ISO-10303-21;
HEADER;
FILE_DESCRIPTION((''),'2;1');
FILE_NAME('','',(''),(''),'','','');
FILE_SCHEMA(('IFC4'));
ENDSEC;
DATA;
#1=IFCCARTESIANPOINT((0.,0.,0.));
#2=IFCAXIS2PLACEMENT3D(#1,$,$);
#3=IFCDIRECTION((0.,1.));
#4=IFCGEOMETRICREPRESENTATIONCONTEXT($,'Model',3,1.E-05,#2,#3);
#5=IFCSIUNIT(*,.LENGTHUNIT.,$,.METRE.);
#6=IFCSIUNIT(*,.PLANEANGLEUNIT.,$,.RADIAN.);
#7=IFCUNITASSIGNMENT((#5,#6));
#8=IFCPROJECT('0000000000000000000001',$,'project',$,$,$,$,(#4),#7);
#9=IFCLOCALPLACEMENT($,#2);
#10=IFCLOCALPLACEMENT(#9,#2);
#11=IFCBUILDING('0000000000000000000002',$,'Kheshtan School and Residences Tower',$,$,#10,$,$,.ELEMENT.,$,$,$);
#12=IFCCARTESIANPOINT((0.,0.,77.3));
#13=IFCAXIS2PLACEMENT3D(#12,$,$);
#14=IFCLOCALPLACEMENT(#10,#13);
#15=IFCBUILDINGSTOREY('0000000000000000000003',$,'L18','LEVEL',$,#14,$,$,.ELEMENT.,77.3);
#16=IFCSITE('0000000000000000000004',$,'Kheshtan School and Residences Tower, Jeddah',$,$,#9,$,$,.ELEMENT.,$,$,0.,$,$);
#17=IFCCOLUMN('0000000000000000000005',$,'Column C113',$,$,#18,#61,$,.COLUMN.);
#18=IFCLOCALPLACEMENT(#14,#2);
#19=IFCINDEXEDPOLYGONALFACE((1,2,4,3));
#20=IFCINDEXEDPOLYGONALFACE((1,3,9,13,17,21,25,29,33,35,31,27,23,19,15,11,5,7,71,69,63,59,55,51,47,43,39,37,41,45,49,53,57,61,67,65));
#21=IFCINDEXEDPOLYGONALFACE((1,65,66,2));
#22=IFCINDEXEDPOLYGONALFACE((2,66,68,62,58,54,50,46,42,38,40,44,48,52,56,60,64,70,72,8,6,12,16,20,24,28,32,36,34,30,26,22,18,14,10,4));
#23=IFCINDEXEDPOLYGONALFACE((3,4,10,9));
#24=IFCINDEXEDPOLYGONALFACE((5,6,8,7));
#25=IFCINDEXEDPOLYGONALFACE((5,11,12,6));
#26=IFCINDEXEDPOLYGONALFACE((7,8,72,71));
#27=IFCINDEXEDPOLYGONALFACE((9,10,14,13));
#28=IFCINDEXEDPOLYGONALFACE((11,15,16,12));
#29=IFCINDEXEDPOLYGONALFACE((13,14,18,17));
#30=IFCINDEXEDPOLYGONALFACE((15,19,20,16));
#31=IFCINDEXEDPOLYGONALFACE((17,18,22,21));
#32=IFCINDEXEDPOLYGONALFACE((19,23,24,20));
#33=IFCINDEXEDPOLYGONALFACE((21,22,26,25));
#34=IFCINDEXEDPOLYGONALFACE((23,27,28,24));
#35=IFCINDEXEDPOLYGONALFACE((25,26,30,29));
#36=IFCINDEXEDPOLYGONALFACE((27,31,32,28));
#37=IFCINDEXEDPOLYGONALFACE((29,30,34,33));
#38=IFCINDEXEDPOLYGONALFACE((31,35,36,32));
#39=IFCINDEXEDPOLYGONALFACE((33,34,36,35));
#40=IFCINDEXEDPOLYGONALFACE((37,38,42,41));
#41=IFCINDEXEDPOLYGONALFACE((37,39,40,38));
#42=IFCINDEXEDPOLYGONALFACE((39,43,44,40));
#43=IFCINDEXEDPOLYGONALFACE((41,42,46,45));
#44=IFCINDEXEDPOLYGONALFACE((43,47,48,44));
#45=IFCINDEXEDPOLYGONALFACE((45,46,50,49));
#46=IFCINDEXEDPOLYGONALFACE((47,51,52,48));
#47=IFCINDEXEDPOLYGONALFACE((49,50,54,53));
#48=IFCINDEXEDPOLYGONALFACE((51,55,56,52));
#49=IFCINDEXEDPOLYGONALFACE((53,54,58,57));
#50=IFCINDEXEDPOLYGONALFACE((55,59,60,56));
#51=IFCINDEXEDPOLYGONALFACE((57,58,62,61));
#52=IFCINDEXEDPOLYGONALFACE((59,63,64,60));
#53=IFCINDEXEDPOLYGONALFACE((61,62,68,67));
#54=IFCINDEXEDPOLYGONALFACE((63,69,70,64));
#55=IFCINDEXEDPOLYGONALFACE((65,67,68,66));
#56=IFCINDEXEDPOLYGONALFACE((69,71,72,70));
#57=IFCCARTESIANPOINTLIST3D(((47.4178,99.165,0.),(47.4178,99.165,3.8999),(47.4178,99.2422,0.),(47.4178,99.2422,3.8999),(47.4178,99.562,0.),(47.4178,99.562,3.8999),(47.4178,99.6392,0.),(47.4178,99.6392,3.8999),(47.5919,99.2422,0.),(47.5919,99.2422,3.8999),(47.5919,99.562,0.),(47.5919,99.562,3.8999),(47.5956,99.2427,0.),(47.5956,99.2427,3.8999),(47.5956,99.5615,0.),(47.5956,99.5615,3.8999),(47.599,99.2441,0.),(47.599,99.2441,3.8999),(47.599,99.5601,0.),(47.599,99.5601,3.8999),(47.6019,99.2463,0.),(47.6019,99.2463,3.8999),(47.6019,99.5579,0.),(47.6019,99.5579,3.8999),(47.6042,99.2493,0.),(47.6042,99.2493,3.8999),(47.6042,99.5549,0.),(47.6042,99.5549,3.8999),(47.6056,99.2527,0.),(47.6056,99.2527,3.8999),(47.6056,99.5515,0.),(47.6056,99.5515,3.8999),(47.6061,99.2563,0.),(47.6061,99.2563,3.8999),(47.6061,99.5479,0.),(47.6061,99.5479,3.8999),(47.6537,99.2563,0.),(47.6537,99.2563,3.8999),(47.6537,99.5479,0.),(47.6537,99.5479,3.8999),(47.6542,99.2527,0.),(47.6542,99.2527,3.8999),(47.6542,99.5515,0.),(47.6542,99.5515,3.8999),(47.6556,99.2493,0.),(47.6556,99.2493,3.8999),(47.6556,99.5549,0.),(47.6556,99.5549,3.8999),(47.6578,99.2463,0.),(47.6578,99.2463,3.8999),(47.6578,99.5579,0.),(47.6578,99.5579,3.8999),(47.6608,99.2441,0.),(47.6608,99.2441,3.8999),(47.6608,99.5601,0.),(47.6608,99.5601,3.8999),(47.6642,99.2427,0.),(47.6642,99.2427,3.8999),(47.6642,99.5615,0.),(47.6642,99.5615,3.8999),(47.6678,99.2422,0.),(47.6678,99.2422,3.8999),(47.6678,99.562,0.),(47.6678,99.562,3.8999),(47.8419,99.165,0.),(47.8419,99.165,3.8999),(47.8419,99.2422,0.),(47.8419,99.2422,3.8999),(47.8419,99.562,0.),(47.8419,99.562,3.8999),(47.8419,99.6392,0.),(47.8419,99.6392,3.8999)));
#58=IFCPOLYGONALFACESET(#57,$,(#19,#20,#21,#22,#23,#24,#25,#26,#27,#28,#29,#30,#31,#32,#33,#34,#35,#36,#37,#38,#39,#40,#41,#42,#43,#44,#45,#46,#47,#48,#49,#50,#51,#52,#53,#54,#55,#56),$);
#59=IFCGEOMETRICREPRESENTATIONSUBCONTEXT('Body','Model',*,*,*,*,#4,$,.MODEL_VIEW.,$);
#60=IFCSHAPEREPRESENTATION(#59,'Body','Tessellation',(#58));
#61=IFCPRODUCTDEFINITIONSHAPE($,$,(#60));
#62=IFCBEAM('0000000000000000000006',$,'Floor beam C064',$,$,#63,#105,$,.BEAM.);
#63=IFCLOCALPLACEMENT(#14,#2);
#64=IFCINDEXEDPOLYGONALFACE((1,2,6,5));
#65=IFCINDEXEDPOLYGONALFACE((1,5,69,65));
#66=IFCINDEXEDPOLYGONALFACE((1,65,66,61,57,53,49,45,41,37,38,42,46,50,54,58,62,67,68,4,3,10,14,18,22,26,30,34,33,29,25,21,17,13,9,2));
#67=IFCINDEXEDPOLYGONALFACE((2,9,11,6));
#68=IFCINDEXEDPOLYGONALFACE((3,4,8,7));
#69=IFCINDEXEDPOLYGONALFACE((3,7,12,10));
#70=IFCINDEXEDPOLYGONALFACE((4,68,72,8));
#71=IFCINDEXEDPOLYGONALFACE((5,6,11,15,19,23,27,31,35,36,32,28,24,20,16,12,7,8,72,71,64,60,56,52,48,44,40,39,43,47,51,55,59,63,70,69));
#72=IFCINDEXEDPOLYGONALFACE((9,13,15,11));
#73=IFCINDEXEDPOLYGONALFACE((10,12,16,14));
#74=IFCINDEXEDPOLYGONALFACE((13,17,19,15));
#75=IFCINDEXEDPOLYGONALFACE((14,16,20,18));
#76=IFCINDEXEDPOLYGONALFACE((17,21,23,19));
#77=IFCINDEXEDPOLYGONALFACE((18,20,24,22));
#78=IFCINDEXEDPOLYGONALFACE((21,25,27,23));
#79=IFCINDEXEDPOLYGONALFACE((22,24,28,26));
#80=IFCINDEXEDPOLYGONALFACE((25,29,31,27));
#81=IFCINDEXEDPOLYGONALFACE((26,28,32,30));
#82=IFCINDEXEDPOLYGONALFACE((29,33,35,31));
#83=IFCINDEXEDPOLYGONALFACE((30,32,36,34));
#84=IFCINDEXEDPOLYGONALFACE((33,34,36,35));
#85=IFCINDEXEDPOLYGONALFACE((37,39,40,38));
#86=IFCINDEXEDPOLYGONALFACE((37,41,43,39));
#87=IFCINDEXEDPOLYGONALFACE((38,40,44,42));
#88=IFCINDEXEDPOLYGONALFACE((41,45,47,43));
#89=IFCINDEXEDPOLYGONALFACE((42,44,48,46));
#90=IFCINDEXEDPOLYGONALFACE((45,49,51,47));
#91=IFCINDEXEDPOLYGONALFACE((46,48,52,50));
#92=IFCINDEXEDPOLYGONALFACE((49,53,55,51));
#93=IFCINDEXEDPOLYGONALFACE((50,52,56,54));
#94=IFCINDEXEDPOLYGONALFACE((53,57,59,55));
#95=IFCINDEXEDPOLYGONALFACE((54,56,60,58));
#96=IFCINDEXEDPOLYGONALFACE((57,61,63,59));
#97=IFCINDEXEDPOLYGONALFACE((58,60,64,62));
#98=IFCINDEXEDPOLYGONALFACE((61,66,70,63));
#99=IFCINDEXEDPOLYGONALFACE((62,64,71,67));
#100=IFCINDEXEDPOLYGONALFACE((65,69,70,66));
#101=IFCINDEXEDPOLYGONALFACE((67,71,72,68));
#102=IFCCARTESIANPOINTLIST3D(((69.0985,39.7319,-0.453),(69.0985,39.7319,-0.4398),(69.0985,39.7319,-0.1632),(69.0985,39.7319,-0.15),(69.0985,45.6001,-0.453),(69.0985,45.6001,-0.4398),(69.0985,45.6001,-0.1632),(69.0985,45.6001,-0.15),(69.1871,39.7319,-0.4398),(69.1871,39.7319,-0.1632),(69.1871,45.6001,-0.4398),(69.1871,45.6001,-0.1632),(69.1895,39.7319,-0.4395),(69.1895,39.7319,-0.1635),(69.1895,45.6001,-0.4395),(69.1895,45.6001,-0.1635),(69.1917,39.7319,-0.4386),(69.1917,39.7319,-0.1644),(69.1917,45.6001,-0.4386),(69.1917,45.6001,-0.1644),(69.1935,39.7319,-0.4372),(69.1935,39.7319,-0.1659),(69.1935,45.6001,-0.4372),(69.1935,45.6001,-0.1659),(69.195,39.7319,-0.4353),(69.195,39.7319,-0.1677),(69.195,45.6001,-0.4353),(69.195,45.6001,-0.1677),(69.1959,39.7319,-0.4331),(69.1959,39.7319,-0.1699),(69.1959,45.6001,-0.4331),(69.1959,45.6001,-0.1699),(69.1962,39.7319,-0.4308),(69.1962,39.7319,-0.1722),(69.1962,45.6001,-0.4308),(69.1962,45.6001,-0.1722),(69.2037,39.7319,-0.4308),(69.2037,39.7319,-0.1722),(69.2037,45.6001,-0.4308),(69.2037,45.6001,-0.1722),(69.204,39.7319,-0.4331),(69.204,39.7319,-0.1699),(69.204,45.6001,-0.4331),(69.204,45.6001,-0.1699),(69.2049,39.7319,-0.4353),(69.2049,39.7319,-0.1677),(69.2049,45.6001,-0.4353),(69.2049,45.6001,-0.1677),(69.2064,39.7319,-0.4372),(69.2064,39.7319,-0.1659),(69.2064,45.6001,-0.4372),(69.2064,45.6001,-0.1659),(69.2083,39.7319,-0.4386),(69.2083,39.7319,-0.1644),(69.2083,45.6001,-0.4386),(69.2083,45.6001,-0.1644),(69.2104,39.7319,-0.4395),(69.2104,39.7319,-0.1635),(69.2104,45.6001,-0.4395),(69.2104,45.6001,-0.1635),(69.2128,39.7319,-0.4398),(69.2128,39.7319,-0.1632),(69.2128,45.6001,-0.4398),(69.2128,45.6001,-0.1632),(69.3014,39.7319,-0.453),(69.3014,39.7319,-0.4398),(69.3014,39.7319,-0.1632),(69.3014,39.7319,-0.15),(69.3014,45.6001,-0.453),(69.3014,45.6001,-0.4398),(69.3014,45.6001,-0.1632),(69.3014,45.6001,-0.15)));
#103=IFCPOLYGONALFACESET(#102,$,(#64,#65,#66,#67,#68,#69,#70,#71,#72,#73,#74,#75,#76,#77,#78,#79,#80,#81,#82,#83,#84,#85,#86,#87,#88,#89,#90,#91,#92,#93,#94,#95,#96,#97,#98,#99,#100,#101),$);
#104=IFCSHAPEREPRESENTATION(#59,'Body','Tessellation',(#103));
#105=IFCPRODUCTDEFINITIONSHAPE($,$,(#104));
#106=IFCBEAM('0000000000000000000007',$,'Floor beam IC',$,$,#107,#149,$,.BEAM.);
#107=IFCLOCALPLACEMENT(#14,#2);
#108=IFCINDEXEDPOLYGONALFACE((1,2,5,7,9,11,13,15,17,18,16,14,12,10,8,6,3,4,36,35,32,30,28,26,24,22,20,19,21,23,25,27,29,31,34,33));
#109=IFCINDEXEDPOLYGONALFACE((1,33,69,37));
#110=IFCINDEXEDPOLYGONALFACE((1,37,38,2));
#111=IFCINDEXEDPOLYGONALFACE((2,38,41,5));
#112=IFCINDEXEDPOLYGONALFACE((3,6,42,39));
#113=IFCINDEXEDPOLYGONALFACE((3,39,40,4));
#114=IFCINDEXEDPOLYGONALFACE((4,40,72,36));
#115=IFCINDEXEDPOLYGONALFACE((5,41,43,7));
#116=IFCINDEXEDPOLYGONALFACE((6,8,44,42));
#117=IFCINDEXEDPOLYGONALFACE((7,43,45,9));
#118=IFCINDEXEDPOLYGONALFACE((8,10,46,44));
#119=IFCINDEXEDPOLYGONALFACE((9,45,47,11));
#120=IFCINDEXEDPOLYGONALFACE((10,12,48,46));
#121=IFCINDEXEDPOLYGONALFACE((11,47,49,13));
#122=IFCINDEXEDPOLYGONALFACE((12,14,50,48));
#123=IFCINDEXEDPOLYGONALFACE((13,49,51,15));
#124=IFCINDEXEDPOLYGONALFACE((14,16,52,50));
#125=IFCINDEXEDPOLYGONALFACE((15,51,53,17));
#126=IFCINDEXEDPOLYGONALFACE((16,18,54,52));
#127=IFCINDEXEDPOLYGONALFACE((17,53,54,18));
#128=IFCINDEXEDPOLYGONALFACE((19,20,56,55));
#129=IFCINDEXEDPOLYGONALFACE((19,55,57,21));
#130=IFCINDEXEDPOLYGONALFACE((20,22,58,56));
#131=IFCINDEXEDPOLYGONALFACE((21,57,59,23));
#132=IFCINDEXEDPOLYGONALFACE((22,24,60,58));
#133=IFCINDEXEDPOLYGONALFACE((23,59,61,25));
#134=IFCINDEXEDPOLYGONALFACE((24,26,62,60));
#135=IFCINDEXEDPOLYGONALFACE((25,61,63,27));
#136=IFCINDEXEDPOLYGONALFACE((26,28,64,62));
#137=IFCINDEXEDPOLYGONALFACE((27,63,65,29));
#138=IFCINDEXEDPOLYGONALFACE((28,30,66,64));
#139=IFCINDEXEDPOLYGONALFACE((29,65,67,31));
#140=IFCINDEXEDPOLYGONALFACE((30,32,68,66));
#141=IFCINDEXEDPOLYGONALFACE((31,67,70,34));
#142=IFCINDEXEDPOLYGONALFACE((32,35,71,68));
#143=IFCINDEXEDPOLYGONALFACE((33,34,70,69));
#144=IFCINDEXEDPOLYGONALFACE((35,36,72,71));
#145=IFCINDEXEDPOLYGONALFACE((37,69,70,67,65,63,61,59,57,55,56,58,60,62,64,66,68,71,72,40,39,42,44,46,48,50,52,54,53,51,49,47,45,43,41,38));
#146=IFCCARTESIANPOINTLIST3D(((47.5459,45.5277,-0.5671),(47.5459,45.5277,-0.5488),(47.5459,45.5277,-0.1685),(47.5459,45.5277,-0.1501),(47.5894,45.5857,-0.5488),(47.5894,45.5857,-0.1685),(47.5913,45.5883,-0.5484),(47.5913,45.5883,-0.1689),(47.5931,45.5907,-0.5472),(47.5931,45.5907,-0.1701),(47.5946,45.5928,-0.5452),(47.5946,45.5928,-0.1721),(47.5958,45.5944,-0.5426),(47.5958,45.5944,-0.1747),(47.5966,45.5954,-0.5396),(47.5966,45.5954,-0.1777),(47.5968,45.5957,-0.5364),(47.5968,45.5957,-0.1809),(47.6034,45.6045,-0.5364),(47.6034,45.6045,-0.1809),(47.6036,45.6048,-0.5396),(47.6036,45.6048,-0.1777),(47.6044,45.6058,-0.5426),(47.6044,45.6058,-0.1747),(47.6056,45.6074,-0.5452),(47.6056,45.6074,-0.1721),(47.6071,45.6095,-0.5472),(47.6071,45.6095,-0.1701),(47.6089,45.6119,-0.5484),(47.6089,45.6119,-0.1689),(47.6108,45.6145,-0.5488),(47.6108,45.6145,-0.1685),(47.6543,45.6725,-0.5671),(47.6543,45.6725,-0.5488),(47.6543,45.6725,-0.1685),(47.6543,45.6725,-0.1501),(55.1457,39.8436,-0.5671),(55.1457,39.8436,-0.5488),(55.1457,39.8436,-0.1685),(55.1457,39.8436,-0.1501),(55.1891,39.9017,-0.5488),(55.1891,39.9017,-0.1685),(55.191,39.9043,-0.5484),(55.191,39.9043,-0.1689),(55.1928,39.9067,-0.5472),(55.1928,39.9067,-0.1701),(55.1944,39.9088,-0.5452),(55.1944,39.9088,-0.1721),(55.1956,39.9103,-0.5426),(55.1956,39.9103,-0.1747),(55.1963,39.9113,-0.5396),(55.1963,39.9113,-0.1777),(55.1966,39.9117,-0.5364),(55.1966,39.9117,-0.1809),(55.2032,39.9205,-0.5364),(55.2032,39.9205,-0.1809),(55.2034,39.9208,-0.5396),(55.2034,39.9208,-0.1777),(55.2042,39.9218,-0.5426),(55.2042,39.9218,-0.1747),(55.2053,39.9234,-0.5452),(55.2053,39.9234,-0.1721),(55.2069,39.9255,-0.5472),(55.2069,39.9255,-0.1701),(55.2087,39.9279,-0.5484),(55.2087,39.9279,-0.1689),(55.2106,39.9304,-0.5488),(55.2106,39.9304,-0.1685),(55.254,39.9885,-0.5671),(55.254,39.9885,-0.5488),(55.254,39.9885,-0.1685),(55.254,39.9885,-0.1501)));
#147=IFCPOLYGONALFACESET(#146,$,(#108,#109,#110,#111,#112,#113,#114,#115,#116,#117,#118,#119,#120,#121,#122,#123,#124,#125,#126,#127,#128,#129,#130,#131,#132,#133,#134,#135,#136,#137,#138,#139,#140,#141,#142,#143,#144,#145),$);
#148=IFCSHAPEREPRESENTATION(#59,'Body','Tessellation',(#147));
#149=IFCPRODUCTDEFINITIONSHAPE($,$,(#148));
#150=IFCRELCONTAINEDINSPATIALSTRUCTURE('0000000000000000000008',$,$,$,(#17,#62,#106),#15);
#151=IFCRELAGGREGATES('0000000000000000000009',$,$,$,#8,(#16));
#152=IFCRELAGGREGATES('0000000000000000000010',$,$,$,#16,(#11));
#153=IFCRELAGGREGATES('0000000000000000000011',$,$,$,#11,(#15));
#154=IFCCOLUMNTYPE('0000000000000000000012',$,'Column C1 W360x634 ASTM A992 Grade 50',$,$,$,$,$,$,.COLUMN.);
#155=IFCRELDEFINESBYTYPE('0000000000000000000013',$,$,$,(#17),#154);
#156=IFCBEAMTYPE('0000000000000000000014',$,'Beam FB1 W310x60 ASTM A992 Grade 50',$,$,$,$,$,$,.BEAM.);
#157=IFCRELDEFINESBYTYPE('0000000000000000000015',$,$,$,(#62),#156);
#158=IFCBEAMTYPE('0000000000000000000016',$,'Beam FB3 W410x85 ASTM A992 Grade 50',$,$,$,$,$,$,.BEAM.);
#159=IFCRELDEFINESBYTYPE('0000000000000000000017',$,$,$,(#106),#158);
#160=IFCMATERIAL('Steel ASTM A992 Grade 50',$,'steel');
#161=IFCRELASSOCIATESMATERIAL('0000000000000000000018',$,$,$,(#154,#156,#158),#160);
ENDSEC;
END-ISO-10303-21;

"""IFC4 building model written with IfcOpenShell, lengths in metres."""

from ifc_helpers import new_model, si_unit, direction, frame, origin, origin_2d, place, context, subcontext, project, spatial, i_section, extrude, material, material_profile, profile_set, type_object, element, save


model = new_model("IFC4")

# Units and contexts
model_context = context("Model", 3, precision=1e-05, world=origin(), true_north=direction((0.0, 1.0)))
body_context = subcontext(model_context, "Body", "Model", "MODEL_VIEW")
ifc_project = project(units=[si_unit("LENGTHUNIT", "METRE"), si_unit("PLANEANGLEUNIT", "RADIAN")], contexts=[model_context])

# Site, building, storey
site_placement = place(None, origin())
site = spatial("IfcSite", under=ifc_project, at=site_placement, Name="Kheshtan School and Residences Tower, Jeddah", CompositionType="ELEMENT", RefElevation=0.0)
building_placement = place(site_placement, origin())
building = spatial("IfcBuilding", under=site, at=building_placement, Name="Kheshtan School and Residences Tower", CompositionType="ELEMENT")
storey_placement = place(building_placement, frame((0.0, 0.0, 77.3)))
storey = spatial("IfcBuildingStorey", under=building, at=storey_placement, Name="L18", Description="LEVEL", CompositionType="ELEMENT", Elevation=77.3)

# Column
ifc_material_1 = material(Name="Steel ASTM A992 Grade 50", Category="steel")
ifc_material_profile_1 = material_profile(ifc_material_1, i_section(OverallWidth=0.4241, OverallDepth=0.4741, WebThickness=0.0476, FlangeThickness=0.0771, FilletRadius=0.0142, at=origin_2d()), Name="W360x634")
ifc_profile_set_1 = profile_set([ifc_material_profile_1], Name="Steel ASTM A992 Grade 50")
column_type = type_object("IfcColumnType", Name="Column C1 W360x634 ASTM A992 Grade 50", PredefinedType="COLUMN", material=ifc_profile_set_1)
for number, where, z_axis, x_axis, name in (
    (1, (47.6299, 99.4021, 0.0), (0.0, 0.0, 1.0), (1.0, 0.0, 0.0), "Column C113"),
):
    element("IfcColumn", number, at=place(storey_placement, frame(where, z_axis=z_axis, x_axis=x_axis)), inside=storey, type_object=column_type, Name=name, PredefinedType="COLUMN", context=body_context, shape_type="SweptSolid", body=[
        extrude(i_section(OverallWidth=0.4241, OverallDepth=0.4741, WebThickness=0.0476, FlangeThickness=0.0771, FilletRadius=0.0142, at=origin_2d()), origin(), (0.0, 0.0, 1.0), 3.8999),
    ])

# Beams
ifc_material_profile_2 = material_profile(ifc_material_1, i_section(OverallWidth=0.2029, OverallDepth=0.303, WebThickness=0.0076, FlangeThickness=0.0132, FilletRadius=0.009, at=origin_2d()), Name="W310x60")
ifc_profile_set_2 = profile_set([ifc_material_profile_2], Name="Steel ASTM A992 Grade 50")
beam_type_1 = type_object("IfcBeamType", Name="Beam FB1 W310x60 ASTM A992 Grade 50", PredefinedType="BEAM", material=ifc_profile_set_2)
beam_1_placement = place(storey_placement, frame((69.2, 45.6001, -0.3015), z_axis=(0.0, -1.0, 0.0), x_axis=(1.0, 0.0, 0.0)))
element("IfcBeam", 2, at=beam_1_placement, inside=storey, type_object=beam_type_1, Name="Floor beam C064", PredefinedType="BEAM", context=body_context, shape_type="SweptSolid", body=[
    extrude(i_section(OverallWidth=0.2029, OverallDepth=0.303, WebThickness=0.0076, FlangeThickness=0.0132, FilletRadius=0.009, at=origin_2d()), origin(), (0.0, 0.0, 1.0), 5.8682),
])
ifc_material_profile_3 = material_profile(ifc_material_1, i_section(OverallWidth=0.1809, OverallDepth=0.417, WebThickness=0.011, FlangeThickness=0.0183, FilletRadius=0.0125, at=origin_2d()), Name="W410x85")
ifc_profile_set_3 = profile_set([ifc_material_profile_3], Name="Steel ASTM A992 Grade 50")
beam_type_2 = type_object("IfcBeamType", Name="Beam FB3 W410x85 ASTM A992 Grade 50", PredefinedType="BEAM", material=ifc_profile_set_3)
beam_2_placement = place(storey_placement, frame((47.6001, 45.6001, -0.3586), z_axis=(0.800799, -0.598933, 0.0), x_axis=(0.598933, 0.800799, 0.0)))
element("IfcBeam", 3, at=beam_2_placement, inside=storey, type_object=beam_type_2, Name="Floor beam IC", PredefinedType="BEAM", context=body_context, shape_type="SweptSolid", body=[
    extrude(i_section(OverallWidth=0.1809, OverallDepth=0.417, WebThickness=0.011, FlangeThickness=0.0183, FilletRadius=0.0125, at=origin_2d()), origin(), (0.0, 0.0, 1.0), 9.4902),
])

save(model, "model.ifc")
